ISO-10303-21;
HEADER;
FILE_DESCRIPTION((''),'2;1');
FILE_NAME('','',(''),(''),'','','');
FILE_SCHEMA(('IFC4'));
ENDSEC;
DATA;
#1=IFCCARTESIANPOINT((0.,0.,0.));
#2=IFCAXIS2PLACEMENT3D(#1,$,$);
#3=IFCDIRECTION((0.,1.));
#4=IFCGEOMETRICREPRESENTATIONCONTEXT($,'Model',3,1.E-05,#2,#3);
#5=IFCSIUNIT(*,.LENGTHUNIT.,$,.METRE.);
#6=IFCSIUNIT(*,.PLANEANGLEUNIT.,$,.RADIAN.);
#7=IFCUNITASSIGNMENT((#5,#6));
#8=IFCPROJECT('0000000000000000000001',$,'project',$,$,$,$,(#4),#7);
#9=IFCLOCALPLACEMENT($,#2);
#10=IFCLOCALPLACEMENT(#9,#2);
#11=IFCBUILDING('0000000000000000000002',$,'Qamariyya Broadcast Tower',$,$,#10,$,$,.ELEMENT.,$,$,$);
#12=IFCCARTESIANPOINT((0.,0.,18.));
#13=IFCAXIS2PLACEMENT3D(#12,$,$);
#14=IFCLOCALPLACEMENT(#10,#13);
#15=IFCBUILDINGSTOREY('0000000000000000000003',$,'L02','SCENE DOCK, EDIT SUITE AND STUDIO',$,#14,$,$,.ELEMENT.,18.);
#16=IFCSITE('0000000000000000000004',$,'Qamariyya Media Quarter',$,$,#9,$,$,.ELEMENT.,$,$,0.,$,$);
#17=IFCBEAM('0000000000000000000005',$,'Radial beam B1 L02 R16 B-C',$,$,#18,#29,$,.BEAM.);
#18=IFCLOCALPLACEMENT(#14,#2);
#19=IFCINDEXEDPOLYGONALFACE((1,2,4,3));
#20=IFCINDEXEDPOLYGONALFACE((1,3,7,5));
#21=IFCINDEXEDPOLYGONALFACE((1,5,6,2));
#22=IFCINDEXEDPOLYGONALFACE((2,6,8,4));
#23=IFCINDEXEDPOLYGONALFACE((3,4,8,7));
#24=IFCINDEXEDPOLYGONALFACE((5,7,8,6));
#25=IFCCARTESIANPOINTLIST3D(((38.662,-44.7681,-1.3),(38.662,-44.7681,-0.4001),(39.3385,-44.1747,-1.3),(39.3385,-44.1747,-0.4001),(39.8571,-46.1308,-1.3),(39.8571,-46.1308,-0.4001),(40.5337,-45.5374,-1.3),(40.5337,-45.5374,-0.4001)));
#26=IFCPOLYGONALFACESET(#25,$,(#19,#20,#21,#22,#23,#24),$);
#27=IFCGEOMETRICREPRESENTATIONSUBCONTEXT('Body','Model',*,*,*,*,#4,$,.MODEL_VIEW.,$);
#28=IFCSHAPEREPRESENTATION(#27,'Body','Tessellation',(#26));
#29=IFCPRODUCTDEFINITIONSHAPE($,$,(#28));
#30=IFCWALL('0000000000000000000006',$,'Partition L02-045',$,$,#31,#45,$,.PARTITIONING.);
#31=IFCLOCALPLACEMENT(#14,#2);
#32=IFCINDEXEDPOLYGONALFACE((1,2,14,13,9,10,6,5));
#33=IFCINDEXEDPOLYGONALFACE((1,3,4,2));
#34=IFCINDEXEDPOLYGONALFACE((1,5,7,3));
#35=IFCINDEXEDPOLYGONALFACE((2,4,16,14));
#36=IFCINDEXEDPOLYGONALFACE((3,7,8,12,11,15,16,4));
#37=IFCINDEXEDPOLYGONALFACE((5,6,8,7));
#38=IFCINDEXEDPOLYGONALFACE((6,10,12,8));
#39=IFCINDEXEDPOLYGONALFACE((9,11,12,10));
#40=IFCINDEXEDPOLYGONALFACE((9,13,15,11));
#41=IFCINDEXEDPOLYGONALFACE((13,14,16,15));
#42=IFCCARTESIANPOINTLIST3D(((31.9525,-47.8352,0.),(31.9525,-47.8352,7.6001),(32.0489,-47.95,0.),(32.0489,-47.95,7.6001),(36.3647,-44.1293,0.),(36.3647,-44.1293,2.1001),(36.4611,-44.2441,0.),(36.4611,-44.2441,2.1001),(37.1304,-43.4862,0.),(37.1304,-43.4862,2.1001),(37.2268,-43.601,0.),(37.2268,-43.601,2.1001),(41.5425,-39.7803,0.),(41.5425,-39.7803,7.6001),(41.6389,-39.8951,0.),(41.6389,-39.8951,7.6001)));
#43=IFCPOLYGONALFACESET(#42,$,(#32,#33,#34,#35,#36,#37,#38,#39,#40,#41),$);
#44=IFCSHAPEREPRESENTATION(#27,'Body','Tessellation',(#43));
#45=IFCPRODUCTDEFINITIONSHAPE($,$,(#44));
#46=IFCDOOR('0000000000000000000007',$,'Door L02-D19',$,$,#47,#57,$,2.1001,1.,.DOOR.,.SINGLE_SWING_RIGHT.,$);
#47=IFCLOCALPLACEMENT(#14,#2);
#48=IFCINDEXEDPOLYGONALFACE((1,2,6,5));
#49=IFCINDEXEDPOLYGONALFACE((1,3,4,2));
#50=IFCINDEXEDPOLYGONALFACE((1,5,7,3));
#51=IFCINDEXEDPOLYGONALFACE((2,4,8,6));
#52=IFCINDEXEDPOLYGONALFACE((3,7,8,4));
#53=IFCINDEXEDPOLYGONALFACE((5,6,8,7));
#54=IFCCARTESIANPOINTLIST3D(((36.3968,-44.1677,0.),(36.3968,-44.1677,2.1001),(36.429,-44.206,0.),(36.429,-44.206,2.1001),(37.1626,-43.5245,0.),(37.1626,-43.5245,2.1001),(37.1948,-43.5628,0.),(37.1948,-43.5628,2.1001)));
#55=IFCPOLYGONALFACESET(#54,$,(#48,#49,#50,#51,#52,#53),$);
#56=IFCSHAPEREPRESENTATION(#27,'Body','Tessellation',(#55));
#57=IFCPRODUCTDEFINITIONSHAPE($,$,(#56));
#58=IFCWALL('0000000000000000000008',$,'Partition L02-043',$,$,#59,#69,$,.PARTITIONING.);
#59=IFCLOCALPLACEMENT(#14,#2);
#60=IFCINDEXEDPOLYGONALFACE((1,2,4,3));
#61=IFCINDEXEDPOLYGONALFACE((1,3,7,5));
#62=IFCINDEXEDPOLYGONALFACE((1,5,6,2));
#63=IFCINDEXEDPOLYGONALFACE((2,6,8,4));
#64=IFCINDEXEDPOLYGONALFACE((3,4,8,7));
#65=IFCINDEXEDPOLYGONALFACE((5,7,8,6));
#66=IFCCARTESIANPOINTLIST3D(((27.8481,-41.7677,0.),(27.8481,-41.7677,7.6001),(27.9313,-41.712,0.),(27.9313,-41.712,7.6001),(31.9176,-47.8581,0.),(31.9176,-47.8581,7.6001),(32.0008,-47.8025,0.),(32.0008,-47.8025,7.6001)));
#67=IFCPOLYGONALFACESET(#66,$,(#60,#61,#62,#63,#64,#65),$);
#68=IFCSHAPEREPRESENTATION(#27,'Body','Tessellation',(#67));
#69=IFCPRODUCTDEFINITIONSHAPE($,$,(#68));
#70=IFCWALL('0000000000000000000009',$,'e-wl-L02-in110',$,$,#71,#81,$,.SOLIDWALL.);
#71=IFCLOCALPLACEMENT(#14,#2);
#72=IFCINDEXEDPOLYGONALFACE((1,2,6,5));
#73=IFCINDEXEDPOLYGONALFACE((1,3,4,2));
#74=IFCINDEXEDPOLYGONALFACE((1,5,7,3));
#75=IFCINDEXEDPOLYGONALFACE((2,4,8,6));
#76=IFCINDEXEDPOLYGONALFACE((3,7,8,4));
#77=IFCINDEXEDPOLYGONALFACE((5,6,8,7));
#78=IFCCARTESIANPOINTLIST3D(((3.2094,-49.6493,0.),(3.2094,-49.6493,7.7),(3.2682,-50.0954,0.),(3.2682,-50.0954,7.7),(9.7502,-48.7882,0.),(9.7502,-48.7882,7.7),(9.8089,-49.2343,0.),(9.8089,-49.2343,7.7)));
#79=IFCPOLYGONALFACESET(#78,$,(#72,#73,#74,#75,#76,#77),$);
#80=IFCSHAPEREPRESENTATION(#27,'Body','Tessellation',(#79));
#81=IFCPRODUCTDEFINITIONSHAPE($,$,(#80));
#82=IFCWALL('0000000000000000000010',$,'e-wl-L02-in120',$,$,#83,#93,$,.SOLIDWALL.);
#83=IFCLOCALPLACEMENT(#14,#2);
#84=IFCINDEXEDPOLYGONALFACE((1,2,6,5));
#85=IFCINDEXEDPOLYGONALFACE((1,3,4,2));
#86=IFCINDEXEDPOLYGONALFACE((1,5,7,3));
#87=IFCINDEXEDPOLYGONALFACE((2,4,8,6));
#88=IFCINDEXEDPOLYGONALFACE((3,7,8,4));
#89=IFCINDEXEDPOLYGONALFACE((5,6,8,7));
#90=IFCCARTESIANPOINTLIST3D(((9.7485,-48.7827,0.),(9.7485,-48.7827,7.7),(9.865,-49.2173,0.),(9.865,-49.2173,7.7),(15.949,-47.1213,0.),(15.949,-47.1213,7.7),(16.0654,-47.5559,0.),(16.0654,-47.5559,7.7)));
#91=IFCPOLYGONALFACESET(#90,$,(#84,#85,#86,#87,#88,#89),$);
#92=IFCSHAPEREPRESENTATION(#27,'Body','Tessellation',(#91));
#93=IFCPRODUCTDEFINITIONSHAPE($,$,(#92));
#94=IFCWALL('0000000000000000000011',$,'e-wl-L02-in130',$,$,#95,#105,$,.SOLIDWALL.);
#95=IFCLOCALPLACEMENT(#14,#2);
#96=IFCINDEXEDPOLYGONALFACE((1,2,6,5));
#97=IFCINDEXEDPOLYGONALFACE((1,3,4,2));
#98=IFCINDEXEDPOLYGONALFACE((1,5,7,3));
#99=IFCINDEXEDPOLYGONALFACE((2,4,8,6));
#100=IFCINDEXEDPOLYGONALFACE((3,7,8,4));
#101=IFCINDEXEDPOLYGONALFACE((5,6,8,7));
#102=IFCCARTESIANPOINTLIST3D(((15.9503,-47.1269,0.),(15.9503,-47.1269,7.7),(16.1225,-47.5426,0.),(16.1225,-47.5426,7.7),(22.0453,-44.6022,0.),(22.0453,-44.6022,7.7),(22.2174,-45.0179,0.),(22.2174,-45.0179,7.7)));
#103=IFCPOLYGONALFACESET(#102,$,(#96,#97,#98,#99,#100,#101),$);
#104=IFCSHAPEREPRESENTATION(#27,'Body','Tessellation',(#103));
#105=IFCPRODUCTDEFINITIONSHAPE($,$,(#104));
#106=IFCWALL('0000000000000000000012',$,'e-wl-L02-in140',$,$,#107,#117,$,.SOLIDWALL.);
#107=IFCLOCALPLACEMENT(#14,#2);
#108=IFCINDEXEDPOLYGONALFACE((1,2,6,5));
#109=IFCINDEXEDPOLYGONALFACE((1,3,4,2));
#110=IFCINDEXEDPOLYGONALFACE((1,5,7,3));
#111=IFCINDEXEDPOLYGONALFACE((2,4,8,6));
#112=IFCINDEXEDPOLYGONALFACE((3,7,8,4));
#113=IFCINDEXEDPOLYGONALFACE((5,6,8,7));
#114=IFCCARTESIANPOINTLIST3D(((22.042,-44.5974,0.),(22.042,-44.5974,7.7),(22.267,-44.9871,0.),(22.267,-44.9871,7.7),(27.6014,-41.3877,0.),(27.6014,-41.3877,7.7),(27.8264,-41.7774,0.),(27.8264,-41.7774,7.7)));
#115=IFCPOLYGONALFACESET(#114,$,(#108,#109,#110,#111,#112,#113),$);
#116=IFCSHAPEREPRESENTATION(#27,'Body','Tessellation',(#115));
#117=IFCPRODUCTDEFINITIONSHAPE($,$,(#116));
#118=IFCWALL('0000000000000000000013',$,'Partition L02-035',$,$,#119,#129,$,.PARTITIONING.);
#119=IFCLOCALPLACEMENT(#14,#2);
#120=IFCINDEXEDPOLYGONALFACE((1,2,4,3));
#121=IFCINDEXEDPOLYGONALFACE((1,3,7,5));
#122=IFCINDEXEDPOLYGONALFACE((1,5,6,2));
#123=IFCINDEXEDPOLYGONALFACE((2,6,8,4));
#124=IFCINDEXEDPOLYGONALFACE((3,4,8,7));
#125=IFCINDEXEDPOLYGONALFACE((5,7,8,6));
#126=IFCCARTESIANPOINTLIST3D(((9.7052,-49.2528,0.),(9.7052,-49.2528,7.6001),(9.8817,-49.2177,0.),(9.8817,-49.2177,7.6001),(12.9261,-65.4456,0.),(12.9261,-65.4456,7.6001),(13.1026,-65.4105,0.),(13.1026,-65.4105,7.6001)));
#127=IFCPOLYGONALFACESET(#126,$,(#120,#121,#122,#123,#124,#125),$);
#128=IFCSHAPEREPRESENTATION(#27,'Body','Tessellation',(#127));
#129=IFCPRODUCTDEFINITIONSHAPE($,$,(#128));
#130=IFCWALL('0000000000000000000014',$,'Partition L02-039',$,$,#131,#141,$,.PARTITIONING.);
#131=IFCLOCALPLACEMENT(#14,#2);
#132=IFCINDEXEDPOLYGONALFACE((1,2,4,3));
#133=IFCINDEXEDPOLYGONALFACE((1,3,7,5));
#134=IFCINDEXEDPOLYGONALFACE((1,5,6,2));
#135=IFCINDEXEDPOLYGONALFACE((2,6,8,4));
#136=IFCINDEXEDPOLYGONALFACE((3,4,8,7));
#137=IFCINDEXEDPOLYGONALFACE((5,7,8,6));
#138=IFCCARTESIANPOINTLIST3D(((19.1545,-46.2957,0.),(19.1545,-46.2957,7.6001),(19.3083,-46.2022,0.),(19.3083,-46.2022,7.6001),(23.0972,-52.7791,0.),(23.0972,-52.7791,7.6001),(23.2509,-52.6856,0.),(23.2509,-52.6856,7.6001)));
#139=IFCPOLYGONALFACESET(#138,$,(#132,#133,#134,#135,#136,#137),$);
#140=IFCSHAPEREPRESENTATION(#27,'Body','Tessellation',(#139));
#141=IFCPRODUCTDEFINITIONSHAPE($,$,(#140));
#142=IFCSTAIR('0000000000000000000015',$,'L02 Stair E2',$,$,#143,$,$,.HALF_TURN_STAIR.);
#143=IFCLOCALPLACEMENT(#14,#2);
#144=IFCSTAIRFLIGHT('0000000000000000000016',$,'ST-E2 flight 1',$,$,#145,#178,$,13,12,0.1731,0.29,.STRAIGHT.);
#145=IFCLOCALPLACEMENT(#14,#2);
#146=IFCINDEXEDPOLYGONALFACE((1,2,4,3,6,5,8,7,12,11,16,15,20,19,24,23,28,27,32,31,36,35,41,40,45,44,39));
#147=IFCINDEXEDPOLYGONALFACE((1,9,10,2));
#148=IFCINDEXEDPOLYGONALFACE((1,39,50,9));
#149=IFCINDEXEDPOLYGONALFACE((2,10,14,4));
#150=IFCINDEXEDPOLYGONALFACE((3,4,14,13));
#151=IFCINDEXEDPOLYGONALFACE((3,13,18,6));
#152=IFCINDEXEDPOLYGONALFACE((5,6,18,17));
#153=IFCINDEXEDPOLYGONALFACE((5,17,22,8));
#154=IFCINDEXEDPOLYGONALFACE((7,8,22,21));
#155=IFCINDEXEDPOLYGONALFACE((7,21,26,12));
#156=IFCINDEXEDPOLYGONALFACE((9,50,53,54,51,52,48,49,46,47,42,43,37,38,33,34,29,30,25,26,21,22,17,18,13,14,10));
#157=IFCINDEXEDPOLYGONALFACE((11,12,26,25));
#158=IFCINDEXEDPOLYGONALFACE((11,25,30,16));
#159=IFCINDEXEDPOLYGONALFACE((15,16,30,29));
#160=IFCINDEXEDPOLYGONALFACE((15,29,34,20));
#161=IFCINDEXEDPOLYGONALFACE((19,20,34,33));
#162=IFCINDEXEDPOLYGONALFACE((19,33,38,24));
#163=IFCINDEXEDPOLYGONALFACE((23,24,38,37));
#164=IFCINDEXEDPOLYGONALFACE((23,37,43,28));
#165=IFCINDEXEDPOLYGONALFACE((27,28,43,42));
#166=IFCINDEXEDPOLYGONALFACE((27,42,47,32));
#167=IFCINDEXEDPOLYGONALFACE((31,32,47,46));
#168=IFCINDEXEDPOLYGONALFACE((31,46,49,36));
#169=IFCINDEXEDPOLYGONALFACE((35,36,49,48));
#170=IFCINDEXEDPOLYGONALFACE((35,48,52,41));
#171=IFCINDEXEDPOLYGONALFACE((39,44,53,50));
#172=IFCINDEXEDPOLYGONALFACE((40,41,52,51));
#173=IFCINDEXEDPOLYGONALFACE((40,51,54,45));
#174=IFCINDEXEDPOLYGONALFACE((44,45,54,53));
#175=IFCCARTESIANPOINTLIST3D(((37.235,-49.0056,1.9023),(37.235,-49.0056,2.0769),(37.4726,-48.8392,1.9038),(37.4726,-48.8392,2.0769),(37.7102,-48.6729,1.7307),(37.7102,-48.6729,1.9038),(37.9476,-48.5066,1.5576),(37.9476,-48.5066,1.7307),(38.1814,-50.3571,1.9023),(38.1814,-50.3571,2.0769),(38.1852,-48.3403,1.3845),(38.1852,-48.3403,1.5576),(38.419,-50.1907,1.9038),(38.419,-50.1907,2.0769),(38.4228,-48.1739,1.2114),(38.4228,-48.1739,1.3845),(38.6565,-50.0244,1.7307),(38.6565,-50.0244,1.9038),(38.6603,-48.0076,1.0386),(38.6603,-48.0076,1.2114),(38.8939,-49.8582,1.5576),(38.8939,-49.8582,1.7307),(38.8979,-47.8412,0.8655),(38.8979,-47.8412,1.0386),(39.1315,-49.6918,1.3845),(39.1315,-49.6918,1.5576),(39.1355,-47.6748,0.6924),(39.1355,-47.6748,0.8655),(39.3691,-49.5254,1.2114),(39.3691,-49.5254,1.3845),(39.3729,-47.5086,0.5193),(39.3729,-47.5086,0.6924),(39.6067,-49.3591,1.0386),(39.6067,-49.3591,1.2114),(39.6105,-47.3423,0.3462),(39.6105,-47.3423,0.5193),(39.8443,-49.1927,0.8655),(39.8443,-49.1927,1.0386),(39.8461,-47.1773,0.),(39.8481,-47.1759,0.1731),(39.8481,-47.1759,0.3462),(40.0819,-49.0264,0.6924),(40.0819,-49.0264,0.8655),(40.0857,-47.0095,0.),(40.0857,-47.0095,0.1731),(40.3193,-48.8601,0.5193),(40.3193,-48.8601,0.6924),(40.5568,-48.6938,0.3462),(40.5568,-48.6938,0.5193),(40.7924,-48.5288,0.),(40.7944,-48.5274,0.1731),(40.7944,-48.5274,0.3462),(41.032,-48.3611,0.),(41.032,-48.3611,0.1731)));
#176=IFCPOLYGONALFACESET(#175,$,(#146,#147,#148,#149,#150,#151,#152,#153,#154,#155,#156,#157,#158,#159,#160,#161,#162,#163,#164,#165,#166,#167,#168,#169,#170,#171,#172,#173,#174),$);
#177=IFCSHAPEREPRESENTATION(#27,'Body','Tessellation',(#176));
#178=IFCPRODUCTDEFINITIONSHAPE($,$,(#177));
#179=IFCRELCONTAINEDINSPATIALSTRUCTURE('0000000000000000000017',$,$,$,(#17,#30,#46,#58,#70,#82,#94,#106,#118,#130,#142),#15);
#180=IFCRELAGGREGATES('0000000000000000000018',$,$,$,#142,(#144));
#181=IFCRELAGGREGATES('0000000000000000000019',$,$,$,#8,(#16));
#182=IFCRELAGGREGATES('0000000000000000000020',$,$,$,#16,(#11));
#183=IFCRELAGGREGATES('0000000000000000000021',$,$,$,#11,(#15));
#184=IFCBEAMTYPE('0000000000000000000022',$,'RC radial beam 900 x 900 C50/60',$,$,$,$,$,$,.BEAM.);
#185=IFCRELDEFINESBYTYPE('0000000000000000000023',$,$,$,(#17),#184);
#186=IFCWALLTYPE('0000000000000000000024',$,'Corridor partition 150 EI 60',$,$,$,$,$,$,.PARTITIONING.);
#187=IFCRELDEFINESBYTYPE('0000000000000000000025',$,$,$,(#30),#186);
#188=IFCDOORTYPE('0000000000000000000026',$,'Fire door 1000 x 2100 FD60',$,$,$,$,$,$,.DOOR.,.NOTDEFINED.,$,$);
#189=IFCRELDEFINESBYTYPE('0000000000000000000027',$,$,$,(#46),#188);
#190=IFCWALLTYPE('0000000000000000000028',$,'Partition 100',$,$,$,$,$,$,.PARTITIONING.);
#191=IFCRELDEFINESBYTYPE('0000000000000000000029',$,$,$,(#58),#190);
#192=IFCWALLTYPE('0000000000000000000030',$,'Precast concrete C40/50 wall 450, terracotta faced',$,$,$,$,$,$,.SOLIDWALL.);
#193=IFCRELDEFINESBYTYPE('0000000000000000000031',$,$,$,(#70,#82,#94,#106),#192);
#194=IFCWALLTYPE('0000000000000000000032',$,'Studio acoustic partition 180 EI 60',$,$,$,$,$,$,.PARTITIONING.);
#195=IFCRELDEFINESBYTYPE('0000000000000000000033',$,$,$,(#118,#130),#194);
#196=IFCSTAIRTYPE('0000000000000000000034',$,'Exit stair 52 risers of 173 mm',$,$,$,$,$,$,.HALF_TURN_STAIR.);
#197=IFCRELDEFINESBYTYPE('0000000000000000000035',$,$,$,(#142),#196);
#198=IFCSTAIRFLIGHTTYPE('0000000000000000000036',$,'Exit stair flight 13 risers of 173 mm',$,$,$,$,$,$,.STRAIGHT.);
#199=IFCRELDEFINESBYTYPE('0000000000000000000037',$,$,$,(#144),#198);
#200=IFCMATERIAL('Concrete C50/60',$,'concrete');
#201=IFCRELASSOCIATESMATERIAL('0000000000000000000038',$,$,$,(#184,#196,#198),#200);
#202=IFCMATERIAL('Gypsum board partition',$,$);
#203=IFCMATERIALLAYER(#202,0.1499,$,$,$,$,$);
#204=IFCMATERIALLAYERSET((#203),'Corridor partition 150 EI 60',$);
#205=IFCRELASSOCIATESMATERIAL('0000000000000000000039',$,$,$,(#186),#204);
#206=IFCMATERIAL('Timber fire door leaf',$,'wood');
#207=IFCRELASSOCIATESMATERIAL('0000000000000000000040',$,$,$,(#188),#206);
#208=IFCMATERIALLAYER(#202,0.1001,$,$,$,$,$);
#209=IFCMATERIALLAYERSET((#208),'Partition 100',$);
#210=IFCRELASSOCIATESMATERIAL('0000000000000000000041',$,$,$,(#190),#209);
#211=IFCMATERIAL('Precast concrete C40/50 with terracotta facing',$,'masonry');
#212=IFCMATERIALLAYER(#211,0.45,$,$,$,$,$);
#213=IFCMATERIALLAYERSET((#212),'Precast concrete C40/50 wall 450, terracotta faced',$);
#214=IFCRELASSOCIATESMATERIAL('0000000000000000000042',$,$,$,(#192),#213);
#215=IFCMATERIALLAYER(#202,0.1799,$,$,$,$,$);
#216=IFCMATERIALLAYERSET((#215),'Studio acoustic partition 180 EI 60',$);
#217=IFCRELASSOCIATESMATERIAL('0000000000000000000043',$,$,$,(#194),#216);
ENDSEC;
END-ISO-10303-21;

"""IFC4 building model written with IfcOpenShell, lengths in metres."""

from ifc_helpers import new_model, si_unit, direction, frame, frame_2d, origin, origin_2d, place, context, subcontext, project, spatial, polyline, rectangle, outline, extrude, material, layer, layer_set, material_profile, profile_set, type_object, element, fill, aggregate, save


model = new_model("IFC4")

# Units and contexts
model_context = context("Model", 3, precision=1e-05, world=origin(), true_north=direction((0.0, 1.0)))
body_context = subcontext(model_context, "Body", "Model", "MODEL_VIEW")
ifc_project = project(units=[si_unit("LENGTHUNIT", "METRE"), si_unit("PLANEANGLEUNIT", "RADIAN")], contexts=[model_context])

# Site, building, storey
site_placement = place(None, origin())
site = spatial("IfcSite", under=ifc_project, at=site_placement, Name="Qamariyya Media Quarter", CompositionType="ELEMENT", RefElevation=0.0)
building_placement = place(site_placement, origin())
building = spatial("IfcBuilding", under=site, at=building_placement, Name="Qamariyya Broadcast Tower", CompositionType="ELEMENT")
storey_placement = place(building_placement, frame((0.0, 0.0, 18.0)))
storey = spatial("IfcBuildingStorey", under=building, at=storey_placement, Name="L02", Description="SCENE DOCK, EDIT SUITE AND STUDIO", CompositionType="ELEMENT", Elevation=18.0)

# Beam
ifc_material_1 = material(Name="Concrete C50/60", Category="concrete")
ifc_material_profile_1 = material_profile(ifc_material_1, rectangle(XDim=0.8999, YDim=0.8999, at=origin_2d()))
ifc_profile_set_1 = profile_set([ifc_material_profile_1], Name="Concrete C50/60")
beam_type_1 = type_object("IfcBeamType", Name="RC radial beam 900 x 900 C50/60", PredefinedType="BEAM", material=ifc_profile_set_1)
beam_1_placement = place(storey_placement, frame((39.0002, -44.4714, -0.8501), z_axis=(0.659391, -0.7518, 0.0), x_axis=(0.7518, 0.659391, 0.0)))
element("IfcBeam", 1, at=beam_1_placement, inside=storey, type_object=beam_type_1, Name="Radial beam B1 L02 R16 B-C", PredefinedType="BEAM", context=body_context, shape_type="SweptSolid", body=[
    extrude(rectangle(XDim=0.8999, YDim=0.8999, at=origin_2d()), origin(), (0.0, 0.0, 1.0), 1.8125),
])

# Wall, opening, door
ifc_material_2 = material(Name="Gypsum board partition")
ifc_layer_1 = layer(ifc_material_2, 0.1499)
ifc_layer_set_1 = layer_set([ifc_layer_1], Name="Corridor partition 150 EI 60")
wall_type_1 = type_object("IfcWallType", Name="Corridor partition 150 EI 60", PredefinedType="PARTITIONING", material=ifc_layer_set_1)
wall_1_placement = place(storey_placement, frame((32.0007, -47.8926, 0.0), z_axis=(0.0, 0.0, 1.0), x_axis=(0.765734, 0.643157, 0.0)))
wall_1 = element("IfcWall", 2, at=wall_1_placement, inside=storey, type_object=wall_type_1, Name="Partition L02-045", PredefinedType="PARTITIONING", context=body_context, shape_type="SweptSolid", body=[
    extrude(rectangle(XDim=12.5239, YDim=0.1499, at=frame_2d((6.262, 0.0))), origin(), (0.0, 0.0, 1.0), 7.6001),
])
opening_placement = place(wall_1_placement, frame((5.762, 0.0, 0.0)))
opening = element("IfcOpeningElement", 3, at=opening_placement, cuts=wall_1, PredefinedType="OPENING", context=body_context, shape_type="SweptSolid", body=[
    extrude(rectangle(XDim=1.0, YDim=2.1001, at=frame_2d((0.5, 1.05))), frame((0.0, 0.085, 0.0), z_axis=(0.0, -1.0, 0.0), x_axis=(1.0, 0.0, 0.0)), (0.0, 0.0, 1.0), 0.1699),
])
ifc_material_3 = material(Name="Timber fire door leaf", Category="wood")
door_type = type_object("IfcDoorType", Name="Fire door 1000 x 2100 FD60", OperationType="NOTDEFINED", PredefinedType="DOOR", material=ifc_material_3)
door_placement = place(opening_placement, origin())
door = element("IfcDoor", 4, at=door_placement, inside=storey, type_object=door_type, Name="Door L02-D19", OperationType="SINGLE_SWING_RIGHT", OverallHeight=2.1001, OverallWidth=1.0, PredefinedType="DOOR", context=body_context, shape_type="SweptSolid", body=[
    extrude(rectangle(XDim=1.0, YDim=2.1001, at=frame_2d((0.5, 1.05))), frame((0.0, 0.0249, 0.0), z_axis=(0.0, -1.0, 0.0), x_axis=(1.0, 0.0, 0.0)), (0.0, 0.0, 1.0), 0.05),
])
fill(opening, door)

# Walls
ifc_layer_2 = layer(ifc_material_2, 0.1001)
ifc_layer_set_2 = layer_set([ifc_layer_2], Name="Partition 100")
wall_type_2 = type_object("IfcWallType", Name="Partition 100", PredefinedType="PARTITIONING", material=ifc_layer_set_2)
wall_2_placement = place(storey_placement, frame((27.8896, -41.7397, 0.0), z_axis=(0.0, 0.0, 1.0), x_axis=(0.555569, -0.83147, 0.0)))
element("IfcWall", 5, at=wall_2_placement, inside=storey, type_object=wall_type_2, Name="Partition L02-043", PredefinedType="PARTITIONING", context=body_context, shape_type="SweptSolid", body=[
    extrude(rectangle(XDim=7.325, YDim=0.1001, at=frame_2d((3.6626, 0.0))), origin(), (0.0, 0.0, 1.0), 7.6001),
])
ifc_material_4 = material(Name="Precast concrete C40/50 with terracotta facing", Category="masonry")
ifc_layer_3 = layer(ifc_material_4, 0.45)
ifc_layer_set_3 = layer_set([ifc_layer_3], Name="Precast concrete C40/50 wall 450, terracotta faced")
wall_type_3 = type_object("IfcWallType", Name="Precast concrete C40/50 wall 450, terracotta faced", PredefinedType="SOLIDWALL", material=ifc_layer_set_3)
wall_3_placement = place(storey_placement, frame((9.7795, -49.0112, 0.0), z_axis=(0.0, 0.0, 1.0), x_axis=(-0.991445, -0.130522, 0.0)))
element("IfcWall", 6, at=wall_3_placement, inside=storey, type_object=wall_type_3, Name="e-wl-L02-in110", PredefinedType="SOLIDWALL", context=body_context, shape_type="SweptSolid", body=[
    extrude(rectangle(XDim=6.5972, YDim=0.45, at=frame_2d((3.2986, 0.0))), origin(), (0.0, 0.0, 1.0), 7.7),
])
wall_4_placement = place(storey_placement, frame((16.0071, -47.3386, 0.0), z_axis=(0.0, 0.0, 1.0), x_axis=(-0.965927, -0.258815, 0.0)))
element("IfcWall", 7, at=wall_4_placement, inside=storey, type_object=wall_type_3, Name="e-wl-L02-in120", PredefinedType="SOLIDWALL", context=body_context, shape_type="SweptSolid", body=[
    extrude(rectangle(XDim=6.4192, YDim=0.45, at=frame_2d((3.2095, 0.0))), origin(), (0.0, 0.0, 1.0), 7.7),
])
wall_5_placement = place(storey_placement, frame((22.1313, -44.8101, 0.0), z_axis=(0.0, 0.0, 1.0), x_axis=(-0.923877, -0.382688, 0.0)))
element("IfcWall", 8, at=wall_5_placement, inside=storey, type_object=wall_type_3, Name="e-wl-L02-in130", PredefinedType="SOLIDWALL", context=body_context, shape_type="SweptSolid", body=[
    extrude(rectangle(XDim=6.5972, YDim=0.45, at=frame_2d((3.2986, 0.0))), origin(), (0.0, 0.0, 1.0), 7.7),
])
wall_6_placement = place(storey_placement, frame((27.7139, -41.5825, 0.0), z_axis=(0.0, 0.0, 1.0), x_axis=(-0.866023, -0.500004, 0.0)))
element("IfcWall", 9, at=wall_6_placement, inside=storey, type_object=wall_type_3, Name="e-wl-L02-in140", PredefinedType="SOLIDWALL", context=body_context, shape_type="SweptSolid", body=[
    extrude(rectangle(XDim=6.4194, YDim=0.45, at=frame_2d((3.2097, 0.0))), origin(), (0.0, 0.0, 1.0), 7.7),
])
ifc_layer_4 = layer(ifc_material_2, 0.1799)
ifc_layer_set_4 = layer_set([ifc_layer_4], Name="Studio acoustic partition 180 EI 60")
wall_type_4 = type_object("IfcWallType", Name="Studio acoustic partition 180 EI 60", PredefinedType="PARTITIONING", material=ifc_layer_set_4)
wall_7_placement = place(storey_placement, frame((9.7935, -49.2354, 0.0), z_axis=(0.0, 0.0, 1.0), x_axis=(0.195089, -0.980785, 0.0)))
element("IfcWall", 10, at=wall_7_placement, inside=storey, type_object=wall_type_4, Name="Partition L02-035", PredefinedType="PARTITIONING", context=body_context, shape_type="SweptSolid", body=[
    extrude(rectangle(XDim=16.51, YDim=0.1799, at=frame_2d((8.2549, 0.0))), origin(), (0.0, 0.0, 1.0), 7.6001),
])
wall_8_placement = place(storey_placement, frame((19.2314, -46.249, 0.0), z_axis=(0.0, 0.0, 1.0), x_axis=(0.519583, -0.85442, 0.0)))
element("IfcWall", 11, at=wall_8_placement, inside=storey, type_object=wall_type_4, Name="Partition L02-039", PredefinedType="PARTITIONING", context=body_context, shape_type="SweptSolid", body=[
    extrude(rectangle(XDim=7.5881, YDim=0.1799, at=frame_2d((3.7939, 0.0))), origin(), (0.0, 0.0, 1.0), 7.6001),
])

# Stair, stair flight
stair_type = type_object("IfcStairType", Name="Exit stair 52 risers of 173 mm", PredefinedType="HALF_TURN_STAIR", material=ifc_material_1)
stair_placement = place(storey_placement, origin())
stair = element("IfcStair", 12, at=stair_placement, inside=storey, type_object=stair_type, Name="L02 Stair E2", PredefinedType="HALF_TURN_STAIR")
stair_flight_type = type_object("IfcStairFlightType", Name="Exit stair flight 13 risers of 173 mm", PredefinedType="STRAIGHT", material=ifc_material_1)
stair_flight_1_placement = place(storey_placement, frame((40.5588, -47.6853, 0.0), z_axis=(0.0, 0.0, 1.0), x_axis=(-0.819152, -0.573576, 0.0)))
stair_flight_1 = element("IfcStairFlight", 13, at=stair_flight_1_placement, type_object=stair_flight_type, Name="ST-E2 flight 1", NumberOfRisers=13, NumberOfTreads=12, PredefinedType="STRAIGHT", RiserHeight=0.1731, TreadLength=0.29, context=body_context, shape_type="SweptSolid", body=[
    extrude(outline(polyline([(0.0, 0.0), (0.0, 0.1731), (0.29, 0.1731), (0.29, 0.3462), (0.5801, 0.3462), (0.5801, 0.5193), (0.8701, 0.5193), (0.8701, 0.6924), (1.1599, 0.6924), (1.1599, 0.8655), (1.45, 0.8655), (1.45, 1.0386), (1.74, 1.0386), (1.74, 1.2114), (2.03, 1.2114), (2.03, 1.3845), (2.3201, 1.3845), (2.3201, 1.5576), (2.6101, 1.5576), (2.6101, 1.7307), (2.8999, 1.7307), (2.8999, 1.9038), (3.1899, 1.9038), (3.1899, 2.0769), (3.48, 2.0769), (3.48, 2.25), (3.48, 1.9023), (0.2925, 0.0), (0.0, 0.0)])), frame((0.0, 0.825, 0.0), z_axis=(0.0, -1.0, 0.0), x_axis=(1.0, 0.0, 0.0)), (0.0, 0.0, 1.0), 1.6499),
])
aggregate(stair, [stair_flight_1])

save(model, "model.ifc")
